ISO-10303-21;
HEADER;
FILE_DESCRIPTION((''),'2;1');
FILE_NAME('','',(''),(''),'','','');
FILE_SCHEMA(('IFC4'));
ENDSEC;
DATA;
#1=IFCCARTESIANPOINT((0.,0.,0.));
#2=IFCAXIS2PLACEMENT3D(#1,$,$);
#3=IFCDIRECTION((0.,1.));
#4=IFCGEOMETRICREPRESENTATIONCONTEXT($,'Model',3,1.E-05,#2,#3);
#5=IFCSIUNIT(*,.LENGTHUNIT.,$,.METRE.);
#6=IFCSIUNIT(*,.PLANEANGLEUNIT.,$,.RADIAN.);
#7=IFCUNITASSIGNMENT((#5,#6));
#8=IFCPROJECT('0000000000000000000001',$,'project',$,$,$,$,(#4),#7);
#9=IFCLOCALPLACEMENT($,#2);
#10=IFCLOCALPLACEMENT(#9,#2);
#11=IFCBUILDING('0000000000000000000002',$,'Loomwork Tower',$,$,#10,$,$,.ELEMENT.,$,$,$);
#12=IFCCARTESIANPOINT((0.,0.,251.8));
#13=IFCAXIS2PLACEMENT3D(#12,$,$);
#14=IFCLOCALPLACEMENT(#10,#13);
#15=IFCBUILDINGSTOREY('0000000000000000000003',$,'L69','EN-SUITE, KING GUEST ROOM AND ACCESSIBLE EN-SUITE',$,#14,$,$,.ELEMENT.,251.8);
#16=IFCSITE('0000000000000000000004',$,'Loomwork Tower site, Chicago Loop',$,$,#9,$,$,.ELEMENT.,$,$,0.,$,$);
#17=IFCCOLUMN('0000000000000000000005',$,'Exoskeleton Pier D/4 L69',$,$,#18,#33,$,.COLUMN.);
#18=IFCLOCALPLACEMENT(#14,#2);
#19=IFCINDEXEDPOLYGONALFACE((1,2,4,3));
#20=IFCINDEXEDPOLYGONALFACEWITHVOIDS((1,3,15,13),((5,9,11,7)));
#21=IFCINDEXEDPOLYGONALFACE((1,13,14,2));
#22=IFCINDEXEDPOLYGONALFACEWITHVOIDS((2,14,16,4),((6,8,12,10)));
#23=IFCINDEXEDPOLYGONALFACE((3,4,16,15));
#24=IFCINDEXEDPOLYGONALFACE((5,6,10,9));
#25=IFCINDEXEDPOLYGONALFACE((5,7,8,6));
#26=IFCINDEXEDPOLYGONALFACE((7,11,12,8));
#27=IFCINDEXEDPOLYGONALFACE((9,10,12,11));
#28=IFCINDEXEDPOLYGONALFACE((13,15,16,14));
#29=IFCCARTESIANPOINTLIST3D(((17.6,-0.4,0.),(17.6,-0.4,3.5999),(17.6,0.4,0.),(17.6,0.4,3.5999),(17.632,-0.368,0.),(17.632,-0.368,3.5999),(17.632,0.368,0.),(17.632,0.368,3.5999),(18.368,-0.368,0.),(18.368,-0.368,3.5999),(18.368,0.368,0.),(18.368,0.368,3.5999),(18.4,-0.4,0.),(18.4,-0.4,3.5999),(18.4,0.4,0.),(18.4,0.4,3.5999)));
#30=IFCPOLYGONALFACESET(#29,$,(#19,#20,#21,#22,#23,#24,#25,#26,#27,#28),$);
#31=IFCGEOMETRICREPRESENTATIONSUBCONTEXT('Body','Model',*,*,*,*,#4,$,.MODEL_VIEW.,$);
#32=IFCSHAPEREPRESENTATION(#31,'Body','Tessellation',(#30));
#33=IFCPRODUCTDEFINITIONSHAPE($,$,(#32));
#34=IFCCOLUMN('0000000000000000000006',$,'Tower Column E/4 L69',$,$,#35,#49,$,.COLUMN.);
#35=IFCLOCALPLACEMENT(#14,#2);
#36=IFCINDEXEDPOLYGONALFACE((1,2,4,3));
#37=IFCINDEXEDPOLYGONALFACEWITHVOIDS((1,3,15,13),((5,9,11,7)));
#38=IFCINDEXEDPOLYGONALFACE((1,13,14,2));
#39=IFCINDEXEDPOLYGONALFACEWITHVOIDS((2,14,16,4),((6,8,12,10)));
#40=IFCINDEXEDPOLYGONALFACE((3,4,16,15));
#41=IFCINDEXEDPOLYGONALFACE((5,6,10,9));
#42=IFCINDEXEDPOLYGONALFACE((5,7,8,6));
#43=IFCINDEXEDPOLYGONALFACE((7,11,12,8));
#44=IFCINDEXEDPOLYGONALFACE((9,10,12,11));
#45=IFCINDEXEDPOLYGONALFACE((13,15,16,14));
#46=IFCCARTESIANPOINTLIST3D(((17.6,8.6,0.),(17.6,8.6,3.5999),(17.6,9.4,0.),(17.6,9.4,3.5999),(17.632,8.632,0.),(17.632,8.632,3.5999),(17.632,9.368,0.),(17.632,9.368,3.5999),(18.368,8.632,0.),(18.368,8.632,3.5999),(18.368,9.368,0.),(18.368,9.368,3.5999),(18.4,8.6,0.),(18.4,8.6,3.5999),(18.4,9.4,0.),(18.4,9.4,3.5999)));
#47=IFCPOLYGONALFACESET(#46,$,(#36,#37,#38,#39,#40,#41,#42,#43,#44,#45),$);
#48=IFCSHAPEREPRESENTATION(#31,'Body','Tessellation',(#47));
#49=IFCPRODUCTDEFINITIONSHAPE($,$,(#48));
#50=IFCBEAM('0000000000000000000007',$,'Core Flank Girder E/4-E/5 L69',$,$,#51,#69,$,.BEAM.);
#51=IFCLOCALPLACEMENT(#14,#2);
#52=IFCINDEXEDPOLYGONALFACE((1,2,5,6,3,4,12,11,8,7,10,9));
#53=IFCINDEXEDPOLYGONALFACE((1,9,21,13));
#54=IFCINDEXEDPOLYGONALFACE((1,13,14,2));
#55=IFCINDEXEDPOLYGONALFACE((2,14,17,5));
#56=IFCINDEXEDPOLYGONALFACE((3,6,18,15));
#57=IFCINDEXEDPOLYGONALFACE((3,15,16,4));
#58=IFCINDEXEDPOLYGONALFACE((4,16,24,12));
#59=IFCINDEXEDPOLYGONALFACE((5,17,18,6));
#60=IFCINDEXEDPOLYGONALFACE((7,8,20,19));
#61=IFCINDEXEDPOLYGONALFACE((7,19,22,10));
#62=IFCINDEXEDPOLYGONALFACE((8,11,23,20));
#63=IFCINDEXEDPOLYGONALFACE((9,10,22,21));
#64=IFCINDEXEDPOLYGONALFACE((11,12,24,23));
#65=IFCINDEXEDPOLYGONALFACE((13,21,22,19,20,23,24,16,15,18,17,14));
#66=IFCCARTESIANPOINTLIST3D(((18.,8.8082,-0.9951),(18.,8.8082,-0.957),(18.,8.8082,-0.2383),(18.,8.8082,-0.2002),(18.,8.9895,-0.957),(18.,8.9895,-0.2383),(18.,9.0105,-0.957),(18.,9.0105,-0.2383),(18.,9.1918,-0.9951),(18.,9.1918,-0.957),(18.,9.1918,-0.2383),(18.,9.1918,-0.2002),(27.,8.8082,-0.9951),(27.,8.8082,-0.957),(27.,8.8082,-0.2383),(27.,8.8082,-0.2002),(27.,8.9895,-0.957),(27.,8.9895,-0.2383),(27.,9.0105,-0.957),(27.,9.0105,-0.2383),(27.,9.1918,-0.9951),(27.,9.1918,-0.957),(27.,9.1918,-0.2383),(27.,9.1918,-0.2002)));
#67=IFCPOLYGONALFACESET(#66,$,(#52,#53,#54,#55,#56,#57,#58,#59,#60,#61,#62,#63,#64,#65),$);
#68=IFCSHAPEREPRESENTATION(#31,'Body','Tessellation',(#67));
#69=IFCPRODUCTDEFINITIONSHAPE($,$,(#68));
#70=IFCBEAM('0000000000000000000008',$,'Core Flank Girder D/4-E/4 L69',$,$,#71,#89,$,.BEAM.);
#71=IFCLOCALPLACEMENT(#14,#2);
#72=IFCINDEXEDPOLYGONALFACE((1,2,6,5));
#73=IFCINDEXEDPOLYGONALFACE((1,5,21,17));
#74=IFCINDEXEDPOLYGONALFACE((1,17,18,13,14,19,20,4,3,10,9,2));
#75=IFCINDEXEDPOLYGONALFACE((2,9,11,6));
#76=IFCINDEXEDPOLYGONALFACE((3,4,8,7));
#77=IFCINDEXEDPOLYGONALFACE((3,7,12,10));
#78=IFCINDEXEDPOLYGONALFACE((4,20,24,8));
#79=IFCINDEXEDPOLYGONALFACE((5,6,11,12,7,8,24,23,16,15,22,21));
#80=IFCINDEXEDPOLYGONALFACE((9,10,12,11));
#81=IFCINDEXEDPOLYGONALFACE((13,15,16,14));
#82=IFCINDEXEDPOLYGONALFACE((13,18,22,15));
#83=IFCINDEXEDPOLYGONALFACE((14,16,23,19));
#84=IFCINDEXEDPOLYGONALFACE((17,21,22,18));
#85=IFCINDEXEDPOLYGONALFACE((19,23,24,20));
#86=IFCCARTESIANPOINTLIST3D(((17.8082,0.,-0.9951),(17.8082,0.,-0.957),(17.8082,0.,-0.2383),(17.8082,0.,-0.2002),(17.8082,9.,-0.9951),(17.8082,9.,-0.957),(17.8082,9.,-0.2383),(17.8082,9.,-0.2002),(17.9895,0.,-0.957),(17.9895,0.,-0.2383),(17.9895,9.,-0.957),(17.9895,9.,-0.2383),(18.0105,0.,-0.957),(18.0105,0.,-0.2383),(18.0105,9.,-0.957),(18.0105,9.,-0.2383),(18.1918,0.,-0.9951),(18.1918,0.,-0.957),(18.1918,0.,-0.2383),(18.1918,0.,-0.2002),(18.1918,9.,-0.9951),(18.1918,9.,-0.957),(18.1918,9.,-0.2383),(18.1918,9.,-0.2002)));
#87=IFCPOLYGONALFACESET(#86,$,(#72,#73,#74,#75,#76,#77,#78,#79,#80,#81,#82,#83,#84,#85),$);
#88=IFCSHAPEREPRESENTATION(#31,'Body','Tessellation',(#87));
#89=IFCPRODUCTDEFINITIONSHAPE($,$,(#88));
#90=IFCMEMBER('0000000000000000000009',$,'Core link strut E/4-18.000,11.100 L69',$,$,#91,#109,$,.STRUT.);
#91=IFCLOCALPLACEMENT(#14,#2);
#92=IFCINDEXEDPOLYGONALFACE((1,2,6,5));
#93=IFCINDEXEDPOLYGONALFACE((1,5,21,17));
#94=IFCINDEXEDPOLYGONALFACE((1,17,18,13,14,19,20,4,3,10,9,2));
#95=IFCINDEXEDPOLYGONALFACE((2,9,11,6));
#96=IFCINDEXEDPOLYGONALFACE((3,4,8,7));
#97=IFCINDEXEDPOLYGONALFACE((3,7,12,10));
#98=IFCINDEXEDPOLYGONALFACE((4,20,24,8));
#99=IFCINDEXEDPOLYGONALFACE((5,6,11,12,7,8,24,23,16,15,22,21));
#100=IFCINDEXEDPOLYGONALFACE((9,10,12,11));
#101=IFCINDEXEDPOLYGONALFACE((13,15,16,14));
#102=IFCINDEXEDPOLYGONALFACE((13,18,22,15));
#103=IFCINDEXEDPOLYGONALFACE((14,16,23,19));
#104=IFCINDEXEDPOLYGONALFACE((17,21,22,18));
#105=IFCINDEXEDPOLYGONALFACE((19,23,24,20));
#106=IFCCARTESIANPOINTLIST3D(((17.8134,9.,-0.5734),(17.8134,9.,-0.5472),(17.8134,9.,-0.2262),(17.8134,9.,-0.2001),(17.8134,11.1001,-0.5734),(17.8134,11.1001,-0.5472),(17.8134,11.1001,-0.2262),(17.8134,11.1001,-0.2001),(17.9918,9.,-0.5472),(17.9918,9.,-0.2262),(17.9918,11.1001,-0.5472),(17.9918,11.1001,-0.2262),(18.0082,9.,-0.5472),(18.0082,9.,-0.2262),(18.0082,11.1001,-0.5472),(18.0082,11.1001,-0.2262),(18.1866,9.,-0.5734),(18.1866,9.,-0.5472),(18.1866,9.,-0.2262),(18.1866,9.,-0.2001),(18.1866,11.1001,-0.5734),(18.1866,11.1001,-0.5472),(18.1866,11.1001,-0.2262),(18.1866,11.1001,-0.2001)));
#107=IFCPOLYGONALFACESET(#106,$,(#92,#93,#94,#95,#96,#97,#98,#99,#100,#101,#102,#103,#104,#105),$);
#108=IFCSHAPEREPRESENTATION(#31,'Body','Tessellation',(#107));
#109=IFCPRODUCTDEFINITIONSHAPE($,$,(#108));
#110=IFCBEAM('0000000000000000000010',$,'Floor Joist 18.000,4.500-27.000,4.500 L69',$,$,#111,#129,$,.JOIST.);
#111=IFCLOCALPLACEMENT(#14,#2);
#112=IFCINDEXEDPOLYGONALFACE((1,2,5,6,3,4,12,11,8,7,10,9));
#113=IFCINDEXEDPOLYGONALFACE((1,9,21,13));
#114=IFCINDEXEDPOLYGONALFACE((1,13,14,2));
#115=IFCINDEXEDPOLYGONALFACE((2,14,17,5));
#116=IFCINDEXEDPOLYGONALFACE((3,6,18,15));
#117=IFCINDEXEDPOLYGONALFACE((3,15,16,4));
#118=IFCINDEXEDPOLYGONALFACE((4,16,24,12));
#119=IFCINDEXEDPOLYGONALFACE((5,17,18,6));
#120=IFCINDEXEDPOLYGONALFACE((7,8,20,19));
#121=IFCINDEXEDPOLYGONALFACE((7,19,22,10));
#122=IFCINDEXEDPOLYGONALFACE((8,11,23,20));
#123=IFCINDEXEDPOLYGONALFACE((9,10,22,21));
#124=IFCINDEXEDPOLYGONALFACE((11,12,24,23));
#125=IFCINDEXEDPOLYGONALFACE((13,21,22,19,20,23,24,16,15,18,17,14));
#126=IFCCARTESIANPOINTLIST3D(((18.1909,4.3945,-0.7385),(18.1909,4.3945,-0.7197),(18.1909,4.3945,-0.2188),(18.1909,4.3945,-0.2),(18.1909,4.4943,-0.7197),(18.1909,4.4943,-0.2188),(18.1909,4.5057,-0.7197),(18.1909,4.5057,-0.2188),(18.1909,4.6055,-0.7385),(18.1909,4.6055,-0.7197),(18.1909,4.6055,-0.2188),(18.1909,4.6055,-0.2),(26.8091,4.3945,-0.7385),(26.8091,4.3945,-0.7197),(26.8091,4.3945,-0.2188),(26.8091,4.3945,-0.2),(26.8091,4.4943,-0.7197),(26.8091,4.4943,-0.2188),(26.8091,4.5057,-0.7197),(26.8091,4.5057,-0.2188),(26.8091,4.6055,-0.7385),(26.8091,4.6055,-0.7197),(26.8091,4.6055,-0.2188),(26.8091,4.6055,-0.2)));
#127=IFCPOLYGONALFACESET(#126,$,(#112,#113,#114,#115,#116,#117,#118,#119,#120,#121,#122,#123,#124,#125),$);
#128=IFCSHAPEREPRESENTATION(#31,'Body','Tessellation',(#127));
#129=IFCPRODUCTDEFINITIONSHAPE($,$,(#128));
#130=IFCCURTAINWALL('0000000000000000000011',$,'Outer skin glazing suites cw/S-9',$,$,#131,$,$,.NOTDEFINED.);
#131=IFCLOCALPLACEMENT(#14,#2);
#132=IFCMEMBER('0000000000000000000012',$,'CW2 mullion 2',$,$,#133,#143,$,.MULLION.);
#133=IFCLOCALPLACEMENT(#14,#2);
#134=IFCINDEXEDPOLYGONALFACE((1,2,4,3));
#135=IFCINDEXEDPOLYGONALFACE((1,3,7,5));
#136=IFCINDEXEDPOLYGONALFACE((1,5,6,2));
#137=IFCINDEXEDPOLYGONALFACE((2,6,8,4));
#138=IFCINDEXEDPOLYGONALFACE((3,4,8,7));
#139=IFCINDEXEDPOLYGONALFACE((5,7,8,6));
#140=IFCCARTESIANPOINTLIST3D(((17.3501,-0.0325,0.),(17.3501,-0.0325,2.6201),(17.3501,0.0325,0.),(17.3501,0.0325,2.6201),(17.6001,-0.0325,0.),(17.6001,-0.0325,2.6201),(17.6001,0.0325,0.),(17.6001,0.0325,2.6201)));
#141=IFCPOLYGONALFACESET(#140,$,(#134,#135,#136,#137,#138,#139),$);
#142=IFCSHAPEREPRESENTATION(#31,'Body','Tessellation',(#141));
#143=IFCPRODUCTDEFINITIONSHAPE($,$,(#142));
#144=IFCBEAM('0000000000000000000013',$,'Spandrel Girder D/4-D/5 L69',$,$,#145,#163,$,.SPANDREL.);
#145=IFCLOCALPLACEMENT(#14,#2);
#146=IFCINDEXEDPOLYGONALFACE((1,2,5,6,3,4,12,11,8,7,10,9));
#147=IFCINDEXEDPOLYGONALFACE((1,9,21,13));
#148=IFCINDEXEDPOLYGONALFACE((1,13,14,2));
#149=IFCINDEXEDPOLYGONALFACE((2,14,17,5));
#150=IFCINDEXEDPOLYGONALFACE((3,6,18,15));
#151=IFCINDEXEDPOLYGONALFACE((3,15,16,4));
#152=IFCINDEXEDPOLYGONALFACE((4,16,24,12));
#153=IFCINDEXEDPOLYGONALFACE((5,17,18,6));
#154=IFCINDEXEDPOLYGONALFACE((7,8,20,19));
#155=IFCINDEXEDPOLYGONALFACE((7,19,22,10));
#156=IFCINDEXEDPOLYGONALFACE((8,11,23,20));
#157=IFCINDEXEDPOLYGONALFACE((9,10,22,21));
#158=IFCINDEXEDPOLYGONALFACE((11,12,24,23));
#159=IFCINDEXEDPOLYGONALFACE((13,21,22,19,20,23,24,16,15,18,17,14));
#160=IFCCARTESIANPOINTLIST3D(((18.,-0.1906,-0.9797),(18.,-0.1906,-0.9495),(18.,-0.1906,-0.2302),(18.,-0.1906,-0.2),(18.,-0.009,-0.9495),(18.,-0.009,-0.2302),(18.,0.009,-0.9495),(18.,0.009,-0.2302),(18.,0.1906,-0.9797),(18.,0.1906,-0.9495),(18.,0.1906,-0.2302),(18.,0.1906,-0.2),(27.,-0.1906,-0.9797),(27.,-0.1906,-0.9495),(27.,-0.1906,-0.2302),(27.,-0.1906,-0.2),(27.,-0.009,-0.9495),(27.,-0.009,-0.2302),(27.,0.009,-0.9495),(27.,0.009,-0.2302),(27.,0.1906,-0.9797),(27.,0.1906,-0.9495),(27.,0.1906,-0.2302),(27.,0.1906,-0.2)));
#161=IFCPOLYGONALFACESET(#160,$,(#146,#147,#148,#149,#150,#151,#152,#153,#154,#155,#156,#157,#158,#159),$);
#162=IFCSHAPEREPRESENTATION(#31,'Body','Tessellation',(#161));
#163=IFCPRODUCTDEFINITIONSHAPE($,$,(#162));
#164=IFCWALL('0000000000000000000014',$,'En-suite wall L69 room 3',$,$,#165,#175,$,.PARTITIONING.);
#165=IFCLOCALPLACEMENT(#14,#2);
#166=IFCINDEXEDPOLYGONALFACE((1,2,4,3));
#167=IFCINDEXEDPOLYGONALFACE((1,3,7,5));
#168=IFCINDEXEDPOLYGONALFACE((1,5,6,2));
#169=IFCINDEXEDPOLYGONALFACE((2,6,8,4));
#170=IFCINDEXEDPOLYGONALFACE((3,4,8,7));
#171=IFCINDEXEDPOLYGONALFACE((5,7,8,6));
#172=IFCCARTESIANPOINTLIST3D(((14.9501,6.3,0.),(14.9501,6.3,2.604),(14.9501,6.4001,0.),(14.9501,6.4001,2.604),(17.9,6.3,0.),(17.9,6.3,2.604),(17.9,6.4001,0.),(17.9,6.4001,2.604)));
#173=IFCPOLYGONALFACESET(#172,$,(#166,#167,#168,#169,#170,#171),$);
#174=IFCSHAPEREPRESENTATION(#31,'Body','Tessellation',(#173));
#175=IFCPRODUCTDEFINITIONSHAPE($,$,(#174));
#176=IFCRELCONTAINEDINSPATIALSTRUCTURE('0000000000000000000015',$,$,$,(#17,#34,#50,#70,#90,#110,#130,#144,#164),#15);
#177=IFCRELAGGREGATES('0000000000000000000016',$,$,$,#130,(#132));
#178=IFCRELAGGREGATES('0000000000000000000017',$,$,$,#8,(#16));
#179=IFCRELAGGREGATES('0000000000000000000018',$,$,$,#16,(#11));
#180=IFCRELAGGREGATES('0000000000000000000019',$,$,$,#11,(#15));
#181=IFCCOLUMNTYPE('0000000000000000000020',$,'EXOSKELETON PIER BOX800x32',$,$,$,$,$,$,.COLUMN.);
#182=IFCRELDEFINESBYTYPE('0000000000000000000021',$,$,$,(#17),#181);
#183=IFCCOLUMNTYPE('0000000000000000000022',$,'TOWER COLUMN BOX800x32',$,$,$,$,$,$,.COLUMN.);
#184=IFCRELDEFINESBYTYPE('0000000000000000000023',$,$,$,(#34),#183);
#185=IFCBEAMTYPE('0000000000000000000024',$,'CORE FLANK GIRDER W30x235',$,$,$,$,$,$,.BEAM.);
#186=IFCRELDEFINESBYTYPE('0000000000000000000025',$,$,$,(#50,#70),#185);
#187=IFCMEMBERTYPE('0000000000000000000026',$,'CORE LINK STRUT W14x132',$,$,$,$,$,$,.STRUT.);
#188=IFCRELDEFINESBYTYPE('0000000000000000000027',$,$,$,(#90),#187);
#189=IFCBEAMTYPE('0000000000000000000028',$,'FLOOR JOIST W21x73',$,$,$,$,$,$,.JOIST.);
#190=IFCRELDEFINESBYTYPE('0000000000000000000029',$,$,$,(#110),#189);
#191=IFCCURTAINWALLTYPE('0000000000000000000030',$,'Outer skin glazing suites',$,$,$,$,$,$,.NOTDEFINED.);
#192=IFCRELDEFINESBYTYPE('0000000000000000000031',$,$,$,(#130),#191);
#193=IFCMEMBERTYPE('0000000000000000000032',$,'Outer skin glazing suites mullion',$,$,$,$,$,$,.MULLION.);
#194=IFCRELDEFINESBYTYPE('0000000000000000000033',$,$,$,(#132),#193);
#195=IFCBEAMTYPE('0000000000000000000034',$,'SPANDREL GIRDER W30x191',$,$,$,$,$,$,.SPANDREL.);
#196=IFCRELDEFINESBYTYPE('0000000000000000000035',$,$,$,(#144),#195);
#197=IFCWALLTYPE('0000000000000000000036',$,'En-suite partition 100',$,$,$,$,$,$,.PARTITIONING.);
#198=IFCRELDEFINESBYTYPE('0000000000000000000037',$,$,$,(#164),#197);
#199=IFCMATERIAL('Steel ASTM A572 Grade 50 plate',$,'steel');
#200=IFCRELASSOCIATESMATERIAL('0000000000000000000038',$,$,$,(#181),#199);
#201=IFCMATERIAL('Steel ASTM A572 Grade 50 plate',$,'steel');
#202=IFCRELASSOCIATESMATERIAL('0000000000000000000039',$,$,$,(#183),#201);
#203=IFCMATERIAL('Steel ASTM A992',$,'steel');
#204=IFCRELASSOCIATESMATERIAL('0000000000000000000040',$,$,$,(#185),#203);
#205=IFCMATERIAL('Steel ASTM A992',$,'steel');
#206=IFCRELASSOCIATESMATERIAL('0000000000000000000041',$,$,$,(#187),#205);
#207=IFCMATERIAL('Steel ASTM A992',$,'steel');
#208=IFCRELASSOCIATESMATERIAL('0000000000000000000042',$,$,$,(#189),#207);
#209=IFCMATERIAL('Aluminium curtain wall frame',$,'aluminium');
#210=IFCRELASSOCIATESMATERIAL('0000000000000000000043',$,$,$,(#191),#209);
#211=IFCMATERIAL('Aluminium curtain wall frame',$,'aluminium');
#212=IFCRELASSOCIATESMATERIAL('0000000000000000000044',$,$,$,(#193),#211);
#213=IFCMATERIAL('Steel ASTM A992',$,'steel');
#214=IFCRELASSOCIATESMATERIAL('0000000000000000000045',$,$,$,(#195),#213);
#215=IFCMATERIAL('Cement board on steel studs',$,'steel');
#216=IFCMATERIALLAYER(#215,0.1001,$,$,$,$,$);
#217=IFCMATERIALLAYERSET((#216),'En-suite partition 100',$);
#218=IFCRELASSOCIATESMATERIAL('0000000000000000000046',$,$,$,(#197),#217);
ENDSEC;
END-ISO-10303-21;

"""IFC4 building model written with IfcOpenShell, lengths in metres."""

from ifc_helpers import new_model, si_unit, direction, frame, frame_2d, origin, origin_2d, place, context, subcontext, project, spatial, rectangle, hollow_rectangle, i_section, extrude, material, layer, layer_set, material_profile, profile_set, type_object, element, aggregate, save


model = new_model("IFC4")

# Units and contexts
model_context = context("Model", 3, precision=1e-05, world=origin(), true_north=direction((0.0, 1.0)))
body_context = subcontext(model_context, "Body", "Model", "MODEL_VIEW")
ifc_project = project(units=[si_unit("LENGTHUNIT", "METRE"), si_unit("PLANEANGLEUNIT", "RADIAN")], contexts=[model_context])

# Site, building, storey
site_placement = place(None, origin())
site = spatial("IfcSite", under=ifc_project, at=site_placement, Name="Loomwork Tower site, Chicago Loop", CompositionType="ELEMENT", RefElevation=0.0)
building_placement = place(site_placement, origin())
building = spatial("IfcBuilding", under=site, at=building_placement, Name="Loomwork Tower", CompositionType="ELEMENT")
storey_placement = place(building_placement, frame((0.0, 0.0, 251.8)))
storey = spatial("IfcBuildingStorey", under=building, at=storey_placement, Name="L69", Description="EN-SUITE, KING GUEST ROOM AND ACCESSIBLE EN-SUITE", CompositionType="ELEMENT", Elevation=251.8)

# Columns
ifc_material_1 = material(Name="Steel ASTM A572 Grade 50 plate", Category="steel")
ifc_material_profile_1 = material_profile(ifc_material_1, hollow_rectangle(XDim=0.8, YDim=0.8, WallThickness=0.032, at=origin_2d()), Name="BOX800x32")
ifc_profile_set_1 = profile_set([ifc_material_profile_1], Name="Steel ASTM A572 Grade 50 plate")
column_type_1 = type_object("IfcColumnType", Name="EXOSKELETON PIER BOX800x32", PredefinedType="COLUMN", material=ifc_profile_set_1)
column_1_placement = place(storey_placement, frame((18.0, 0.0, 0.0), z_axis=(0.0, 0.0, 1.0), x_axis=(1.0, 0.0, 0.0)))
element("IfcColumn", 1, at=column_1_placement, inside=storey, type_object=column_type_1, Name="Exoskeleton Pier D/4 L69", PredefinedType="COLUMN", context=body_context, shape_type="SweptSolid", body=[
    extrude(hollow_rectangle(XDim=0.8, YDim=0.8, WallThickness=0.032, at=origin_2d()), origin(), (0.0, 0.0, 1.0), 3.5999),
])
ifc_material_2 = material(Name="Steel ASTM A572 Grade 50 plate", Category="steel")
ifc_material_profile_2 = material_profile(ifc_material_2, hollow_rectangle(XDim=0.8, YDim=0.8, WallThickness=0.032, at=origin_2d()), Name="BOX800x32")
ifc_profile_set_2 = profile_set([ifc_material_profile_2], Name="Steel ASTM A572 Grade 50 plate")
column_type_2 = type_object("IfcColumnType", Name="TOWER COLUMN BOX800x32", PredefinedType="COLUMN", material=ifc_profile_set_2)
column_2_placement = place(storey_placement, frame((18.0, 9.0, 0.0), z_axis=(0.0, 0.0, 1.0), x_axis=(1.0, 0.0, 0.0)))
element("IfcColumn", 2, at=column_2_placement, inside=storey, type_object=column_type_2, Name="Tower Column E/4 L69", PredefinedType="COLUMN", context=body_context, shape_type="SweptSolid", body=[
    extrude(hollow_rectangle(XDim=0.8, YDim=0.8, WallThickness=0.032, at=origin_2d()), origin(), (0.0, 0.0, 1.0), 3.5999),
])

# Beams
ifc_material_3 = material(Name="Steel ASTM A992", Category="steel")
ifc_material_profile_3 = material_profile(ifc_material_3, i_section(OverallWidth=0.3835, OverallDepth=0.7949, WebThickness=0.021, FlangeThickness=0.0381, at=origin_2d()), Name="W30x235")
ifc_profile_set_3 = profile_set([ifc_material_profile_3], Name="Steel ASTM A992")
beam_type_1 = type_object("IfcBeamType", Name="CORE FLANK GIRDER W30x235", PredefinedType="BEAM", material=ifc_profile_set_3)
for number, where, z_axis, x_axis, name in (
    (3, (18.0, 9.0, -0.5977), (1.0, 0.0, 0.0), (0.0, 1.0, 0.0), "Core Flank Girder E/4-E/5 L69"),
    (4, (18.0, 0.0, -0.5977), (0.0, 1.0, 0.0), (-1.0, 0.0, 0.0), "Core Flank Girder D/4-E/4 L69"),
):
    element("IfcBeam", number, at=place(storey_placement, frame(where, z_axis=z_axis, x_axis=x_axis)), inside=storey, type_object=beam_type_1, Name=name, PredefinedType="BEAM", context=body_context, shape_type="SweptSolid", body=[
        extrude(i_section(OverallWidth=0.3835, OverallDepth=0.7949, WebThickness=0.021, FlangeThickness=0.0381, at=origin_2d()), origin(), (0.0, 0.0, 1.0), 9.0),
    ])

# Member
ifc_material_4 = material(Name="Steel ASTM A992", Category="steel")
ifc_material_profile_4 = material_profile(ifc_material_4, i_section(OverallWidth=0.3733, OverallDepth=0.3733, WebThickness=0.0164, FlangeThickness=0.0261, at=origin_2d()), Name="W14x132")
ifc_profile_set_4 = profile_set([ifc_material_profile_4], Name="Steel ASTM A992")
member_type_1 = type_object("IfcMemberType", Name="CORE LINK STRUT W14x132", PredefinedType="STRUT", material=ifc_profile_set_4)
member_1_placement = place(storey_placement, frame((18.0, 9.0, -0.3867), z_axis=(0.0, 1.0, 0.0), x_axis=(-1.0, 0.0, 0.0)))
element("IfcMember", 5, at=member_1_placement, inside=storey, type_object=member_type_1, Name="Core link strut E/4-18.000,11.100 L69", PredefinedType="STRUT", context=body_context, shape_type="SweptSolid", body=[
    extrude(i_section(OverallWidth=0.3733, OverallDepth=0.3733, WebThickness=0.0164, FlangeThickness=0.0261, at=origin_2d()), origin(), (0.0, 0.0, 1.0), 2.1001),
])

# Beam
ifc_material_5 = material(Name="Steel ASTM A992", Category="steel")
ifc_material_profile_5 = material_profile(ifc_material_5, i_section(OverallWidth=0.2109, OverallDepth=0.5386, WebThickness=0.0115, FlangeThickness=0.0188, at=origin_2d()), Name="W21x73")
ifc_profile_set_5 = profile_set([ifc_material_profile_5], Name="Steel ASTM A992")
beam_type_2 = type_object("IfcBeamType", Name="FLOOR JOIST W21x73", PredefinedType="JOIST", material=ifc_profile_set_5)
beam_1_placement = place(storey_placement, frame((18.1909, 4.5, -0.4692), z_axis=(1.0, 0.0, 0.0), x_axis=(0.0, 1.0, 0.0)))
element("IfcBeam", 6, at=beam_1_placement, inside=storey, type_object=beam_type_2, Name="Floor Joist 18.000,4.500-27.000,4.500 L69", PredefinedType="JOIST", context=body_context, shape_type="SweptSolid", body=[
    extrude(i_section(OverallWidth=0.2109, OverallDepth=0.5386, WebThickness=0.0115, FlangeThickness=0.0188, at=origin_2d()), origin(), (0.0, 0.0, 1.0), 8.6182),
])

# Curtain wall, member
ifc_material_6 = material(Name="Aluminium curtain wall frame", Category="aluminium")
curtain_wall_type = type_object("IfcCurtainWallType", Name="Outer skin glazing suites", PredefinedType="NOTDEFINED", material=ifc_material_6)
curtain_wall_placement = place(storey_placement, origin())
curtain_wall = element("IfcCurtainWall", 7, at=curtain_wall_placement, inside=storey, type_object=curtain_wall_type, Name="Outer skin glazing suites cw/S-9", PredefinedType="NOTDEFINED")
ifc_material_7 = material(Name="Aluminium curtain wall frame", Category="aluminium")
ifc_material_profile_6 = material_profile(ifc_material_7, rectangle(XDim=0.0649, YDim=0.25, at=origin_2d()), Name="AL 65x250")
ifc_profile_set_6 = profile_set([ifc_material_profile_6], Name="Aluminium curtain wall frame")
member_type_2 = type_object("IfcMemberType", Name="Outer skin glazing suites mullion", PredefinedType="MULLION", material=ifc_profile_set_6)
member_2_placement = place(storey_placement, frame((17.4751, 0.0, 0.0), z_axis=(0.0, 0.0, 1.0), x_axis=(0.0, 1.0, 0.0)))
member_2 = element("IfcMember", 8, at=member_2_placement, type_object=member_type_2, Name="CW2 mullion 2", PredefinedType="MULLION", context=body_context, shape_type="SweptSolid", body=[
    extrude(rectangle(XDim=0.0649, YDim=0.25, at=origin_2d()), origin(), (0.0, 0.0, 1.0), 2.6201),
])
aggregate(curtain_wall, [member_2])

# Beam
ifc_material_8 = material(Name="Steel ASTM A992", Category="steel")
ifc_material_profile_7 = material_profile(ifc_material_8, i_section(OverallWidth=0.3811, OverallDepth=0.7798, WebThickness=0.0181, FlangeThickness=0.0303, at=origin_2d()), Name="W30x191")
ifc_profile_set_7 = profile_set([ifc_material_profile_7], Name="Steel ASTM A992")
beam_type_3 = type_object("IfcBeamType", Name="SPANDREL GIRDER W30x191", PredefinedType="SPANDREL", material=ifc_profile_set_7)
beam_2_placement = place(storey_placement, frame((18.0, 0.0, -0.5898), z_axis=(1.0, 0.0, 0.0), x_axis=(0.0, 1.0, 0.0)))
element("IfcBeam", 9, at=beam_2_placement, inside=storey, type_object=beam_type_3, Name="Spandrel Girder D/4-D/5 L69", PredefinedType="SPANDREL", context=body_context, shape_type="SweptSolid", body=[
    extrude(i_section(OverallWidth=0.3811, OverallDepth=0.7798, WebThickness=0.0181, FlangeThickness=0.0303, at=origin_2d()), origin(), (0.0, 0.0, 1.0), 9.0),
])

# Wall
ifc_material_9 = material(Name="Cement board on steel studs", Category="steel")
ifc_layer_1 = layer(ifc_material_9, 0.1001)
ifc_layer_set_1 = layer_set([ifc_layer_1], Name="En-suite partition 100")
wall_type_1 = type_object("IfcWallType", Name="En-suite partition 100", PredefinedType="PARTITIONING", material=ifc_layer_set_1)
wall_1_placement = place(storey_placement, frame((14.95, 6.3501, 0.0), z_axis=(0.0, 0.0, 1.0), x_axis=(1.0, 0.0, 0.0)))
element("IfcWall", 10, at=wall_1_placement, inside=storey, type_object=wall_type_1, Name="En-suite wall L69 room 3", PredefinedType="PARTITIONING", context=body_context, shape_type="SweptSolid", body=[
    extrude(rectangle(XDim=2.95, YDim=0.1001, at=frame_2d((1.4751, 0.0))), origin(), (0.0, 0.0, 1.0), 2.604),
])

save(model, "model.ifc")
